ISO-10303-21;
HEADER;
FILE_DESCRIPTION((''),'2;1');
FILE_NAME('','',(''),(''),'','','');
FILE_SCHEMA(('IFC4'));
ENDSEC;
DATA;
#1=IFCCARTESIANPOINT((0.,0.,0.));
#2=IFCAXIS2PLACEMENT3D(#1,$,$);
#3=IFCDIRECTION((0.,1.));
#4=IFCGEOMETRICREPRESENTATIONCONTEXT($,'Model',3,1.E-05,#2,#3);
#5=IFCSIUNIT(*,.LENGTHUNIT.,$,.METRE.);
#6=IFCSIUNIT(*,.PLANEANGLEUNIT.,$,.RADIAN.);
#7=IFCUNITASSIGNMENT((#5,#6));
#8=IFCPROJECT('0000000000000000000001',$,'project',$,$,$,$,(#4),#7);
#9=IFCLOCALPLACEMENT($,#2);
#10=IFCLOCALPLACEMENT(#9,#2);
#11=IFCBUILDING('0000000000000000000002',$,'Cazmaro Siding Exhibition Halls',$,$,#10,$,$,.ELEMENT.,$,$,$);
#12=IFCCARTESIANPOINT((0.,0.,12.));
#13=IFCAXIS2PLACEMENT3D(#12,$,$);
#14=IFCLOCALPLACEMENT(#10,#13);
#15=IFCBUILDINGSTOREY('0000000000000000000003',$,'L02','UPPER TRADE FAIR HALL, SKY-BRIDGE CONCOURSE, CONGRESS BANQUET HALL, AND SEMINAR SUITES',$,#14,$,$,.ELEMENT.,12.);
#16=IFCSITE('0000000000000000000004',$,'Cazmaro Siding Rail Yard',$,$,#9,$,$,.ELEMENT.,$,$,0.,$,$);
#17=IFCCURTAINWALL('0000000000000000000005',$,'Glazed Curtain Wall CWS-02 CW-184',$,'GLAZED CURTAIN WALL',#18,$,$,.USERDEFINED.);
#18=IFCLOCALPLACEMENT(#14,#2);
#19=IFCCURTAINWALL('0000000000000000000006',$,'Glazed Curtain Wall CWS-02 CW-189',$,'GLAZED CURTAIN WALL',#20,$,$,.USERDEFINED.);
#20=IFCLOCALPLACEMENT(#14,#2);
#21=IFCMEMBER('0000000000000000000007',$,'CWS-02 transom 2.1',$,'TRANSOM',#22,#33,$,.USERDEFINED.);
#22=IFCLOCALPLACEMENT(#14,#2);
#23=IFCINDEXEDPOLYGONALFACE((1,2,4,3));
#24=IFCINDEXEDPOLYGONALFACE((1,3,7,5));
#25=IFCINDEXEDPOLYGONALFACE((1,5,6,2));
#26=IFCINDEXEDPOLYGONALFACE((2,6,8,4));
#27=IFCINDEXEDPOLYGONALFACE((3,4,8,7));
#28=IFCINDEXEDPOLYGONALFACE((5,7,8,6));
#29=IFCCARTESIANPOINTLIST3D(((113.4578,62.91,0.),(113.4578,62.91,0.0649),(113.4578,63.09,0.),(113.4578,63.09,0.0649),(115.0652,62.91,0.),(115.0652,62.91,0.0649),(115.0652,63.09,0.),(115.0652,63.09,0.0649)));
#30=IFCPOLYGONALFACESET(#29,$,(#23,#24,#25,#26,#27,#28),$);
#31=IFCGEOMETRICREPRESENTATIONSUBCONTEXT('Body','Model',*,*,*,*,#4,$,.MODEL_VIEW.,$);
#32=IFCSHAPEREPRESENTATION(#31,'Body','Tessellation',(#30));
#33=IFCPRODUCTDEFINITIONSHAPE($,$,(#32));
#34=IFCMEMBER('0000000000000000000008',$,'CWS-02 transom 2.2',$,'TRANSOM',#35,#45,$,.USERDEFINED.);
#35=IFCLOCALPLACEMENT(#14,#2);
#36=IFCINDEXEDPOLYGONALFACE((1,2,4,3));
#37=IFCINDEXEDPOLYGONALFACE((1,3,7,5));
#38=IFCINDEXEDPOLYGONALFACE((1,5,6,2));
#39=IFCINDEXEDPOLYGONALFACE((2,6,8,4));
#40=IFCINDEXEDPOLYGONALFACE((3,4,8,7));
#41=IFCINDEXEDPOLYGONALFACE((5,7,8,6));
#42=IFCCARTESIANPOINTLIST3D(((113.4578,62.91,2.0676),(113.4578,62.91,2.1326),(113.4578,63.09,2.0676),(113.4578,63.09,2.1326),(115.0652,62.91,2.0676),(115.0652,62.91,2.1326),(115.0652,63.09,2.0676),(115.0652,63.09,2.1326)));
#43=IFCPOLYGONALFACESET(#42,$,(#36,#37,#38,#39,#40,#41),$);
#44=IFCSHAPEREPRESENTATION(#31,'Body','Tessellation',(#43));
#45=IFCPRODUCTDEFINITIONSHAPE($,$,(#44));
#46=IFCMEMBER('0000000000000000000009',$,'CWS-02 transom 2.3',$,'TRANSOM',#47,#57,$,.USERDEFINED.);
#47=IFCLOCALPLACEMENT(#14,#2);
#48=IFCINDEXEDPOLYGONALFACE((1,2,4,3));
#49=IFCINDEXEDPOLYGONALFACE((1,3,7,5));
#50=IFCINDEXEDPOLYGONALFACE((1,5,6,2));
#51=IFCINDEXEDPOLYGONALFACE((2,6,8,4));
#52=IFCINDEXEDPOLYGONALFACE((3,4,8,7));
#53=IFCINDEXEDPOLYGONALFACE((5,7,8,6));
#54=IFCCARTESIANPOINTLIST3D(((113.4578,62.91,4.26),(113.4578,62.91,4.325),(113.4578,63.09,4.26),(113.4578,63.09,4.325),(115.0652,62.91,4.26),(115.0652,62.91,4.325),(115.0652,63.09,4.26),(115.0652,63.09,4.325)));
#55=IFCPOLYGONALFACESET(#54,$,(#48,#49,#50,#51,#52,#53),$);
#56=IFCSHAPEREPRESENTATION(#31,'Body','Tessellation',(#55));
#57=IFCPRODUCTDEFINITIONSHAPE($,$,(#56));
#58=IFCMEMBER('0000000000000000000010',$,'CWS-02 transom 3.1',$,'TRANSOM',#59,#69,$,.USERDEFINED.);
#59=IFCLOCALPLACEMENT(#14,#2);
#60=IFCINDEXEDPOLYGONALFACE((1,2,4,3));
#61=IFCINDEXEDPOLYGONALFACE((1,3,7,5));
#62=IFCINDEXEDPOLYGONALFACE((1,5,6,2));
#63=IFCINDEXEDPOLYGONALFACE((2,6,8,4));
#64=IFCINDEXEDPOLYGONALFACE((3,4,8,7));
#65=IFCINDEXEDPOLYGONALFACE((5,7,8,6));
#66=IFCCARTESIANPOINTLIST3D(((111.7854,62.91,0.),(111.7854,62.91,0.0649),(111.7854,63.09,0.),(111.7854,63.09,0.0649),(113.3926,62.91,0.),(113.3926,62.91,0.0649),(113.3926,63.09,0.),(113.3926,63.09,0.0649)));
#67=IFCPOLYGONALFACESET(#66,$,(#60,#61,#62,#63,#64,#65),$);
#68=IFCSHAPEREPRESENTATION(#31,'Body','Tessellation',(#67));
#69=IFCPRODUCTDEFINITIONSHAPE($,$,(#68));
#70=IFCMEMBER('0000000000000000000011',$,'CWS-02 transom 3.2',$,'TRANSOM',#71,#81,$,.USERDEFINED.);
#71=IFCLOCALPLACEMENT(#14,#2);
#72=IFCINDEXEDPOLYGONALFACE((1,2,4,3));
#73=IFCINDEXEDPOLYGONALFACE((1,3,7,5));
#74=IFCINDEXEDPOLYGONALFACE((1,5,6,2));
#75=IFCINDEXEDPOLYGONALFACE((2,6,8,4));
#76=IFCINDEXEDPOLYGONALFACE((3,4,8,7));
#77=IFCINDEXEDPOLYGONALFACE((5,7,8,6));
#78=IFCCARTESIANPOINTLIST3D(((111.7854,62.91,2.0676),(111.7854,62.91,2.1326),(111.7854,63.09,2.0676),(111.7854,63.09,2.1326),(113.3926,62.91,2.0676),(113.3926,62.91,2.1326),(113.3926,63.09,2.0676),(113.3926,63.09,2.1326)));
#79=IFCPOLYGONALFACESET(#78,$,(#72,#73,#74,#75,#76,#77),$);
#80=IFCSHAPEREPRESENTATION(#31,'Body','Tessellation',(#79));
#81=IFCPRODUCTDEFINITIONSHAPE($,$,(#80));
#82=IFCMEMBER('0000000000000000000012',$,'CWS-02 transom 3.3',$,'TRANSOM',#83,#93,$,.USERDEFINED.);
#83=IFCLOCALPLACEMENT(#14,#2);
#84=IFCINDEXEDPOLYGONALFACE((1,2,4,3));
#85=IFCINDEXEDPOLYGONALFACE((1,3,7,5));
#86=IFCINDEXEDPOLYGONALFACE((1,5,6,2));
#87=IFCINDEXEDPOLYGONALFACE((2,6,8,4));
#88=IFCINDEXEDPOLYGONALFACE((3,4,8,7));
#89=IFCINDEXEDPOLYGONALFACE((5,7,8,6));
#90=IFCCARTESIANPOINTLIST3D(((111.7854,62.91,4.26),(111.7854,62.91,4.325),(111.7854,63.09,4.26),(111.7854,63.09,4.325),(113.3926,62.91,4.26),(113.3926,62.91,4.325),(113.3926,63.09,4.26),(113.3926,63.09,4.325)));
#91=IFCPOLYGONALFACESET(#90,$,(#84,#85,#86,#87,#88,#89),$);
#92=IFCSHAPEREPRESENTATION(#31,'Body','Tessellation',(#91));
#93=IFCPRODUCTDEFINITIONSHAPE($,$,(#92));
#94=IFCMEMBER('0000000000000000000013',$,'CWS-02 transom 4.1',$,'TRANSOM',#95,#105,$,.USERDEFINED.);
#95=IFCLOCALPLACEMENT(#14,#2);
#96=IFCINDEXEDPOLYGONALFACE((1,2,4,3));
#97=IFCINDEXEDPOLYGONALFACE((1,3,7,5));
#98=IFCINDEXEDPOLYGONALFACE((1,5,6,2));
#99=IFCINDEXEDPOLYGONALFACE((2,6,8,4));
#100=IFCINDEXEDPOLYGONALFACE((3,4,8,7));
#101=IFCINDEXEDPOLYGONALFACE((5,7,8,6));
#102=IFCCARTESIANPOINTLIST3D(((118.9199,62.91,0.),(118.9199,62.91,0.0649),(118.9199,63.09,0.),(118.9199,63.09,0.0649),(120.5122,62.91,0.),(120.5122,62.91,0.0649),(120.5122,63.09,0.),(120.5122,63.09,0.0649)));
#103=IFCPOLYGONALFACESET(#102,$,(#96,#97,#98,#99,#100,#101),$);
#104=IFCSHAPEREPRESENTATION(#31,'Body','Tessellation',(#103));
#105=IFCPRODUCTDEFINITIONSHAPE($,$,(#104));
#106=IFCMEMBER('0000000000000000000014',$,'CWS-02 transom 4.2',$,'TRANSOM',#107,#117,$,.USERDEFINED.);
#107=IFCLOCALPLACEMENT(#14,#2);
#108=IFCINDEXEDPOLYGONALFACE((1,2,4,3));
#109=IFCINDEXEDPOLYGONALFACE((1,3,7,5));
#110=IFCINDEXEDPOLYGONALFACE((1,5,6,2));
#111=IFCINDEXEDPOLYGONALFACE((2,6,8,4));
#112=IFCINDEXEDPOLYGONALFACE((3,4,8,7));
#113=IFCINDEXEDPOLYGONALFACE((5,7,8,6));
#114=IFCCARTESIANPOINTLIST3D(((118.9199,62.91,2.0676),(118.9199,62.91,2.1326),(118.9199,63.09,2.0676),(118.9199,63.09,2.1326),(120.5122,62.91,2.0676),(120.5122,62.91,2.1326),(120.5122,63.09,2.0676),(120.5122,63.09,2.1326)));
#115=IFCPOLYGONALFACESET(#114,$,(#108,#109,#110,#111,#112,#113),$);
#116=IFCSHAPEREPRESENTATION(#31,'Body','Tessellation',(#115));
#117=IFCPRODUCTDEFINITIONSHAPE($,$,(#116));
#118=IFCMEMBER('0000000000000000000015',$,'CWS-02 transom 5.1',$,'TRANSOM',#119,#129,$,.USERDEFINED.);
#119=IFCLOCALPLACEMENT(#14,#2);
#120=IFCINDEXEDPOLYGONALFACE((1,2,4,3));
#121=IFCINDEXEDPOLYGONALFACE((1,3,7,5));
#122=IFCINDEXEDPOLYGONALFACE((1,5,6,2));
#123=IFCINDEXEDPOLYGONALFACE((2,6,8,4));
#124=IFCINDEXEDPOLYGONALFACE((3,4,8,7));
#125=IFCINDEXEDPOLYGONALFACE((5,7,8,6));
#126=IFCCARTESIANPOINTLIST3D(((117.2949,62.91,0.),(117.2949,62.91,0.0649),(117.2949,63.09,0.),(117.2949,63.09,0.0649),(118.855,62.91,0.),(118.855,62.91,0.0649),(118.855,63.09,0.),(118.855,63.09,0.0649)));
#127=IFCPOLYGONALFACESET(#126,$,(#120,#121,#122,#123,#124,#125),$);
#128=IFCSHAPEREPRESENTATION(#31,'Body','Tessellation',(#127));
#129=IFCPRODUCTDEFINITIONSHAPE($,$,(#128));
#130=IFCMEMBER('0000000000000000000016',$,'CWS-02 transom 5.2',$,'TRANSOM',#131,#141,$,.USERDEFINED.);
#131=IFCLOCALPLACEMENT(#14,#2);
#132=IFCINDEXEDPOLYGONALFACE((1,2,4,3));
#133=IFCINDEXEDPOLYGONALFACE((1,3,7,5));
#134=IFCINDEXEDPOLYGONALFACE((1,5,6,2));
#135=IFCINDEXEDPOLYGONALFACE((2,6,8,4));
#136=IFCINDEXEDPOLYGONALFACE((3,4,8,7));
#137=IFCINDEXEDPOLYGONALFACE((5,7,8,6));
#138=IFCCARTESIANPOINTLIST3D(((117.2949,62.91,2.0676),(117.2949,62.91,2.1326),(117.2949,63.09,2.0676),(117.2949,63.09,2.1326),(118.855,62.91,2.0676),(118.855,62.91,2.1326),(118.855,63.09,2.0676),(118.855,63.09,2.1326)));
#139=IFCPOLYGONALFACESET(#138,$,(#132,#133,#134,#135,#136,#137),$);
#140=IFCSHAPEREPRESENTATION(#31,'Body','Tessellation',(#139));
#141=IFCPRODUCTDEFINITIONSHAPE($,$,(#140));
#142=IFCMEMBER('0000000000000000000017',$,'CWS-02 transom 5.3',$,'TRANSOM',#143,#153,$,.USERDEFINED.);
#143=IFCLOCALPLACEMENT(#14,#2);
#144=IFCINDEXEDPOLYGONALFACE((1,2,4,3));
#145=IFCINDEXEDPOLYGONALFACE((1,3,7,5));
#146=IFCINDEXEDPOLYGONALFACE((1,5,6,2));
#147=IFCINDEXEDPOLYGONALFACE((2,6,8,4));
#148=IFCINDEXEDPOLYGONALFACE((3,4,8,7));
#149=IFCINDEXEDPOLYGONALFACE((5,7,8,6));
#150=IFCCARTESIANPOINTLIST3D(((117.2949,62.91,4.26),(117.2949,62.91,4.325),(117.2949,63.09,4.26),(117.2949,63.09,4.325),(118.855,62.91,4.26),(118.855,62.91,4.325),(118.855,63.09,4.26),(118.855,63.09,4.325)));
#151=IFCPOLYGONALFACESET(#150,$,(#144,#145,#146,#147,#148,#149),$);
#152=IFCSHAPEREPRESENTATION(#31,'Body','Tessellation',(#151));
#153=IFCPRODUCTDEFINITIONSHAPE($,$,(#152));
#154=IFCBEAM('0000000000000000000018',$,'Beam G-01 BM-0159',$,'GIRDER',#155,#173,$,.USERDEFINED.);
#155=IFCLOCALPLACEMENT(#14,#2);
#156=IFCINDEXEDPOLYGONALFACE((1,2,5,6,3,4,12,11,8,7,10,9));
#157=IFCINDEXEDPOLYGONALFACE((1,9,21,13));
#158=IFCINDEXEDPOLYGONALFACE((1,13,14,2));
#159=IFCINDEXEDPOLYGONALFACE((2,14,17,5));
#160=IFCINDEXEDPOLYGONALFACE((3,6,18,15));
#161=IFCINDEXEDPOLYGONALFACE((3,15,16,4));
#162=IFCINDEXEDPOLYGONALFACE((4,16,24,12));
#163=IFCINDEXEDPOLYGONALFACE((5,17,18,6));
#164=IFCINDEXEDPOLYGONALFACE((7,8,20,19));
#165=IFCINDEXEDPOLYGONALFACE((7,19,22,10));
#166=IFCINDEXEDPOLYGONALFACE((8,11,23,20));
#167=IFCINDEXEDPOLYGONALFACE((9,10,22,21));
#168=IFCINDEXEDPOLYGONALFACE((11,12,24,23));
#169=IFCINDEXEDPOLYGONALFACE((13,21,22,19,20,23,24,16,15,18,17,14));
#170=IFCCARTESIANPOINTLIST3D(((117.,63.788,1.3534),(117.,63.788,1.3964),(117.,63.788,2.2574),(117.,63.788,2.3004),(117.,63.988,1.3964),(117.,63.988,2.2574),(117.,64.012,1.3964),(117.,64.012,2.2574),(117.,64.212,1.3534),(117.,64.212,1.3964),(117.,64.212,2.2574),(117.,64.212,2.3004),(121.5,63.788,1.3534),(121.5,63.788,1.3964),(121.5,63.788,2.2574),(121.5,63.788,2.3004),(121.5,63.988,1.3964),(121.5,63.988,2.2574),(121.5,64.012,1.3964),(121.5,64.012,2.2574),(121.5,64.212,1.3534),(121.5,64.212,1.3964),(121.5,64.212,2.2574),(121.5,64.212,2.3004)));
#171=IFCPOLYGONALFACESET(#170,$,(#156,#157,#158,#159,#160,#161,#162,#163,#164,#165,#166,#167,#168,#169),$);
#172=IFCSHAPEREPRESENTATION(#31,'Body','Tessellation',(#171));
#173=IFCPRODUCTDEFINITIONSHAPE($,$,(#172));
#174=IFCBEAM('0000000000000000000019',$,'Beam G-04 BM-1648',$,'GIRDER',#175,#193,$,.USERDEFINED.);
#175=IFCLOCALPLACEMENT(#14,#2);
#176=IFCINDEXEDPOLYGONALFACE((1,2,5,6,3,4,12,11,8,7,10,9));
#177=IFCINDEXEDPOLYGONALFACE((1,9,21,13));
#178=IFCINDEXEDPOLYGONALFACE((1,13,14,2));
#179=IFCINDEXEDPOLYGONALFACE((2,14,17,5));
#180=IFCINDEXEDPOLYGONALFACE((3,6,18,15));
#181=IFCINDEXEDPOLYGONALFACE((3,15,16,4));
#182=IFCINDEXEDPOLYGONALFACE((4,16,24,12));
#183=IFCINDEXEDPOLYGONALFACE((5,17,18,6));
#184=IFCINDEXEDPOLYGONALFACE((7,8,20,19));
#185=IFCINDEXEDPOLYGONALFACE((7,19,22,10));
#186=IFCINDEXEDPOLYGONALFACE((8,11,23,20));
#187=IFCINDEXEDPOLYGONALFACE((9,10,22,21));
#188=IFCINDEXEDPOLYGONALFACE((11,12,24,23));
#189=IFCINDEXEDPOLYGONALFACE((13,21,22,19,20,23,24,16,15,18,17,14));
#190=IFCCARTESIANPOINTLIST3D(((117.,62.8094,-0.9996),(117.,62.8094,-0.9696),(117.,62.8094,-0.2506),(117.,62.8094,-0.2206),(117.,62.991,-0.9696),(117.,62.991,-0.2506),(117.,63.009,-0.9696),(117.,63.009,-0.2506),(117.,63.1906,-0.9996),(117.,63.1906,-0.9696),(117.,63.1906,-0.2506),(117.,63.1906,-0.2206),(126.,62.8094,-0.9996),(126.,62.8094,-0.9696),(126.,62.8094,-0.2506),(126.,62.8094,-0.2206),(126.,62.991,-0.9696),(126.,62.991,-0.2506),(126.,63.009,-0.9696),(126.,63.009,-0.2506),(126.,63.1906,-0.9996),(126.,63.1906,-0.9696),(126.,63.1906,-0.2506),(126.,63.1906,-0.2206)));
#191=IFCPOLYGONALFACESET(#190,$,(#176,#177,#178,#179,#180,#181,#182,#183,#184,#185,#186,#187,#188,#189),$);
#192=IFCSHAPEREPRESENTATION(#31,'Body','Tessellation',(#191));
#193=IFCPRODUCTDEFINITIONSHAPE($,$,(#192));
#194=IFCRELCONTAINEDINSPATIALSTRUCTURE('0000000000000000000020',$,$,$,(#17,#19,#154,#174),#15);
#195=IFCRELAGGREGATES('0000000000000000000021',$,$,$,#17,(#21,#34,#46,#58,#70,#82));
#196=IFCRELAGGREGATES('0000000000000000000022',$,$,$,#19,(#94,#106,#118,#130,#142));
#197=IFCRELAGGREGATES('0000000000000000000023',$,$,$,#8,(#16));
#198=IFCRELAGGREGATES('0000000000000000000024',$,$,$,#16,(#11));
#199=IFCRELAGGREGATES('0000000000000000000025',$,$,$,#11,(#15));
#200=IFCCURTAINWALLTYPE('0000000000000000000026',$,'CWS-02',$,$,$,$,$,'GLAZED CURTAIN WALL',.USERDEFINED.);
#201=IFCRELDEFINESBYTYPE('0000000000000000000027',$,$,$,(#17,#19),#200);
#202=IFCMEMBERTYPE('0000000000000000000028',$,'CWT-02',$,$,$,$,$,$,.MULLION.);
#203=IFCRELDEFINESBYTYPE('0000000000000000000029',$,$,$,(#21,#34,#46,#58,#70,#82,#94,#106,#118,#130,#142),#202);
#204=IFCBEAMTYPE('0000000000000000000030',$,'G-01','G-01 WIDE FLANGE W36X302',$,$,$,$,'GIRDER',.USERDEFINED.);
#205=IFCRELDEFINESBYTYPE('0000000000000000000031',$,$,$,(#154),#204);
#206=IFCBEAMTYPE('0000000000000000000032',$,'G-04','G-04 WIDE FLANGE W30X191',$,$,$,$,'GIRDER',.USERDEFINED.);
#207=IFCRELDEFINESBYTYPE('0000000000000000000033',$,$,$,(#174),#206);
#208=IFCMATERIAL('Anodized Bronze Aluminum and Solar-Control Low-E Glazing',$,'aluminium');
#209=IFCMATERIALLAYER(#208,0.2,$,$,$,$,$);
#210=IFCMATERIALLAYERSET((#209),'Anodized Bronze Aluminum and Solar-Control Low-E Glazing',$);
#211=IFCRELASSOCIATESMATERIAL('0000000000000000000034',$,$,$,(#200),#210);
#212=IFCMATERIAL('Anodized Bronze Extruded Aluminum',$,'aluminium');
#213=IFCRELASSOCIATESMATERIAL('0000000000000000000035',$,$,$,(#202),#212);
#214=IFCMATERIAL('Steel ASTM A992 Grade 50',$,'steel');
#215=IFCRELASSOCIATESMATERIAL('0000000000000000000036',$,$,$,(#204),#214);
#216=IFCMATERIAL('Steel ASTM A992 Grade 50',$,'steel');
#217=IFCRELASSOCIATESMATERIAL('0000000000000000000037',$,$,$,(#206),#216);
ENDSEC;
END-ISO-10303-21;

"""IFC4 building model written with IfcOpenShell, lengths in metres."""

from ifc_helpers import new_model, si_unit, direction, frame, origin, origin_2d, place, context, subcontext, project, spatial, rectangle, i_section, extrude, material, layer, layer_set, material_profile, profile_set, type_object, element, aggregate, save


model = new_model("IFC4")

# Units and contexts
model_context = context("Model", 3, precision=1e-05, world=origin(), true_north=direction((0.0, 1.0)))
body_context = subcontext(model_context, "Body", "Model", "MODEL_VIEW")
ifc_project = project(units=[si_unit("LENGTHUNIT", "METRE"), si_unit("PLANEANGLEUNIT", "RADIAN")], contexts=[model_context])

# Site, building, storey
site_placement = place(None, origin())
site = spatial("IfcSite", under=ifc_project, at=site_placement, Name="Cazmaro Siding Rail Yard", CompositionType="ELEMENT", RefElevation=0.0)
building_placement = place(site_placement, origin())
building = spatial("IfcBuilding", under=site, at=building_placement, Name="Cazmaro Siding Exhibition Halls", CompositionType="ELEMENT")
storey_placement = place(building_placement, frame((0.0, 0.0, 12.0)))
storey = spatial("IfcBuildingStorey", under=building, at=storey_placement, Name="L02", Description="UPPER TRADE FAIR HALL, SKY-BRIDGE CONCOURSE, CONGRESS BANQUET HALL, AND SEMINAR SUITES", CompositionType="ELEMENT", Elevation=12.0)

# Curtain walls
ifc_material_1 = material(Name="Anodized Bronze Aluminum and Solar-Control Low-E Glazing", Category="aluminium")
ifc_layer_1 = layer(ifc_material_1, 0.2)
ifc_layer_set_1 = layer_set([ifc_layer_1], Name="Anodized Bronze Aluminum and Solar-Control Low-E Glazing")
curtain_wall_type_1 = type_object("IfcCurtainWallType", Name="CWS-02", ElementType="GLAZED CURTAIN WALL", PredefinedType="USERDEFINED", material=ifc_layer_set_1)
curtain_wall_1_placement = place(storey_placement, origin())
curtain_wall_1 = element("IfcCurtainWall", 1, at=curtain_wall_1_placement, inside=storey, type_object=curtain_wall_type_1, Name="Glazed Curtain Wall CWS-02 CW-184", ObjectType="GLAZED CURTAIN WALL", PredefinedType="USERDEFINED")
curtain_wall_2_placement = place(storey_placement, origin())
curtain_wall_2 = element("IfcCurtainWall", 2, at=curtain_wall_2_placement, inside=storey, type_object=curtain_wall_type_1, Name="Glazed Curtain Wall CWS-02 CW-189", ObjectType="GLAZED CURTAIN WALL", PredefinedType="USERDEFINED")

# Members
ifc_material_2 = material(Name="Anodized Bronze Extruded Aluminum", Category="aluminium")
ifc_material_profile_1 = material_profile(ifc_material_2, rectangle(XDim=0.1799, YDim=0.0649, at=origin_2d()), Name="CWT-02")
ifc_profile_set_1 = profile_set([ifc_material_profile_1], Name="Anodized Bronze Extruded Aluminum")
member_type_1 = type_object("IfcMemberType", Name="CWT-02", PredefinedType="MULLION", material=ifc_profile_set_1)
member_1_placement = place(storey_placement, frame((115.0652, 63.0, 0.0325), z_axis=(-1.0, 0.0, 0.0), x_axis=(0.0, -1.0, 0.0)))
member_1 = element("IfcMember", 3, at=member_1_placement, type_object=member_type_1, Name="CWS-02 transom 2.1", ObjectType="TRANSOM", PredefinedType="USERDEFINED", context=body_context, shape_type="SweptSolid", body=[
    extrude(rectangle(XDim=0.1799, YDim=0.0649, at=origin_2d()), origin(), (0.0, 0.0, 1.0), 1.6074),
])
member_2_placement = place(storey_placement, frame((115.0652, 63.0, 2.1001), z_axis=(-1.0, 0.0, 0.0), x_axis=(0.0, -1.0, 0.0)))
member_2 = element("IfcMember", 4, at=member_2_placement, type_object=member_type_1, Name="CWS-02 transom 2.2", ObjectType="TRANSOM", PredefinedType="USERDEFINED", context=body_context, shape_type="SweptSolid", body=[
    extrude(rectangle(XDim=0.1799, YDim=0.0649, at=origin_2d()), origin(), (0.0, 0.0, 1.0), 1.6074),
])
member_3_placement = place(storey_placement, frame((115.0652, 63.0, 4.2925), z_axis=(-1.0, 0.0, 0.0), x_axis=(0.0, -1.0, 0.0)))
member_3 = element("IfcMember", 5, at=member_3_placement, type_object=member_type_1, Name="CWS-02 transom 2.3", ObjectType="TRANSOM", PredefinedType="USERDEFINED", context=body_context, shape_type="SweptSolid", body=[
    extrude(rectangle(XDim=0.1799, YDim=0.0649, at=origin_2d()), origin(), (0.0, 0.0, 1.0), 1.6074),
])
member_4_placement = place(storey_placement, frame((113.3926, 63.0, 0.0325), z_axis=(-1.0, 0.0, 0.0), x_axis=(0.0, -1.0, 0.0)))
member_4 = element("IfcMember", 6, at=member_4_placement, type_object=member_type_1, Name="CWS-02 transom 3.1", ObjectType="TRANSOM", PredefinedType="USERDEFINED", context=body_context, shape_type="SweptSolid", body=[
    extrude(rectangle(XDim=0.1799, YDim=0.0649, at=origin_2d()), origin(), (0.0, 0.0, 1.0), 1.6072),
])
member_5_placement = place(storey_placement, frame((113.3926, 63.0, 2.1001), z_axis=(-1.0, 0.0, 0.0), x_axis=(0.0, -1.0, 0.0)))
member_5 = element("IfcMember", 7, at=member_5_placement, type_object=member_type_1, Name="CWS-02 transom 3.2", ObjectType="TRANSOM", PredefinedType="USERDEFINED", context=body_context, shape_type="SweptSolid", body=[
    extrude(rectangle(XDim=0.1799, YDim=0.0649, at=origin_2d()), origin(), (0.0, 0.0, 1.0), 1.6072),
])
member_6_placement = place(storey_placement, frame((113.3926, 63.0, 4.2925), z_axis=(-1.0, 0.0, 0.0), x_axis=(0.0, -1.0, 0.0)))
member_6 = element("IfcMember", 8, at=member_6_placement, type_object=member_type_1, Name="CWS-02 transom 3.3", ObjectType="TRANSOM", PredefinedType="USERDEFINED", context=body_context, shape_type="SweptSolid", body=[
    extrude(rectangle(XDim=0.1799, YDim=0.0649, at=origin_2d()), origin(), (0.0, 0.0, 1.0), 1.6072),
])
member_7_placement = place(storey_placement, frame((120.5122, 63.0, 0.0325), z_axis=(-1.0, 0.0, 0.0), x_axis=(0.0, -1.0, 0.0)))
member_7 = element("IfcMember", 9, at=member_7_placement, type_object=member_type_1, Name="CWS-02 transom 4.1", ObjectType="TRANSOM", PredefinedType="USERDEFINED", context=body_context, shape_type="SweptSolid", body=[
    extrude(rectangle(XDim=0.1799, YDim=0.0649, at=origin_2d()), origin(), (0.0, 0.0, 1.0), 1.5923),
])
member_8_placement = place(storey_placement, frame((120.5122, 63.0, 2.1001), z_axis=(-1.0, 0.0, 0.0), x_axis=(0.0, -1.0, 0.0)))
member_8 = element("IfcMember", 10, at=member_8_placement, type_object=member_type_1, Name="CWS-02 transom 4.2", ObjectType="TRANSOM", PredefinedType="USERDEFINED", context=body_context, shape_type="SweptSolid", body=[
    extrude(rectangle(XDim=0.1799, YDim=0.0649, at=origin_2d()), origin(), (0.0, 0.0, 1.0), 1.5923),
])
member_9_placement = place(storey_placement, frame((118.855, 63.0, 0.0325), z_axis=(-1.0, 0.0, 0.0), x_axis=(0.0, -1.0, 0.0)))
member_9 = element("IfcMember", 11, at=member_9_placement, type_object=member_type_1, Name="CWS-02 transom 5.1", ObjectType="TRANSOM", PredefinedType="USERDEFINED", context=body_context, shape_type="SweptSolid", body=[
    extrude(rectangle(XDim=0.1799, YDim=0.0649, at=origin_2d()), origin(), (0.0, 0.0, 1.0), 1.5601),
])
member_10_placement = place(storey_placement, frame((118.855, 63.0, 2.1001), z_axis=(-1.0, 0.0, 0.0), x_axis=(0.0, -1.0, 0.0)))
member_10 = element("IfcMember", 12, at=member_10_placement, type_object=member_type_1, Name="CWS-02 transom 5.2", ObjectType="TRANSOM", PredefinedType="USERDEFINED", context=body_context, shape_type="SweptSolid", body=[
    extrude(rectangle(XDim=0.1799, YDim=0.0649, at=origin_2d()), origin(), (0.0, 0.0, 1.0), 1.5601),
])
member_11_placement = place(storey_placement, frame((118.855, 63.0, 4.2925), z_axis=(-1.0, 0.0, 0.0), x_axis=(0.0, -1.0, 0.0)))
member_11 = element("IfcMember", 13, at=member_11_placement, type_object=member_type_1, Name="CWS-02 transom 5.3", ObjectType="TRANSOM", PredefinedType="USERDEFINED", context=body_context, shape_type="SweptSolid", body=[
    extrude(rectangle(XDim=0.1799, YDim=0.0649, at=origin_2d()), origin(), (0.0, 0.0, 1.0), 1.5601),
])

# Beams
ifc_material_3 = material(Name="Steel ASTM A992 Grade 50", Category="steel")
ifc_material_profile_2 = material_profile(ifc_material_3, i_section(OverallWidth=0.4241, OverallDepth=0.947, WebThickness=0.0239, FlangeThickness=0.043, at=origin_2d()), Name="W36X302")
ifc_profile_set_2 = profile_set([ifc_material_profile_2], Name="Steel ASTM A992 Grade 50")
beam_type_1 = type_object("IfcBeamType", Name="G-01", Description="G-01 WIDE FLANGE W36X302", ElementType="GIRDER", PredefinedType="USERDEFINED", material=ifc_profile_set_2)
beam_1_placement = place(storey_placement, frame((117.0, 64.0, 1.8269), z_axis=(1.0, 0.0, 0.0), x_axis=(0.0, 1.0, 0.0)))
element("IfcBeam", 14, at=beam_1_placement, inside=storey, type_object=beam_type_1, Name="Beam G-01 BM-0159", ObjectType="GIRDER", PredefinedType="USERDEFINED", context=body_context, shape_type="SweptSolid", body=[
    extrude(i_section(OverallWidth=0.4241, OverallDepth=0.947, WebThickness=0.0239, FlangeThickness=0.043, at=origin_2d()), origin(), (0.0, 0.0, 1.0), 4.5),
])
ifc_material_4 = material(Name="Steel ASTM A992 Grade 50", Category="steel")
ifc_material_profile_3 = material_profile(ifc_material_4, i_section(OverallWidth=0.3811, OverallDepth=0.7791, WebThickness=0.0181, FlangeThickness=0.03, at=origin_2d()), Name="W30X191")
ifc_profile_set_3 = profile_set([ifc_material_profile_3], Name="Steel ASTM A992 Grade 50")
beam_type_2 = type_object("IfcBeamType", Name="G-04", Description="G-04 WIDE FLANGE W30X191", ElementType="GIRDER", PredefinedType="USERDEFINED", material=ifc_profile_set_3)
beam_2_placement = place(storey_placement, frame((117.0, 63.0, -0.6101), z_axis=(1.0, 0.0, 0.0), x_axis=(0.0, 1.0, 0.0)))
element("IfcBeam", 15, at=beam_2_placement, inside=storey, type_object=beam_type_2, Name="Beam G-04 BM-1648", ObjectType="GIRDER", PredefinedType="USERDEFINED", context=body_context, shape_type="SweptSolid", body=[
    extrude(i_section(OverallWidth=0.3811, OverallDepth=0.7791, WebThickness=0.0181, FlangeThickness=0.03, at=origin_2d()), origin(), (0.0, 0.0, 1.0), 9.0),
])

aggregate(curtain_wall_1, [member_1, member_2, member_3, member_4, member_5, member_6])
aggregate(curtain_wall_2, [member_7, member_8, member_9, member_10, member_11])

save(model, "model.ifc")
